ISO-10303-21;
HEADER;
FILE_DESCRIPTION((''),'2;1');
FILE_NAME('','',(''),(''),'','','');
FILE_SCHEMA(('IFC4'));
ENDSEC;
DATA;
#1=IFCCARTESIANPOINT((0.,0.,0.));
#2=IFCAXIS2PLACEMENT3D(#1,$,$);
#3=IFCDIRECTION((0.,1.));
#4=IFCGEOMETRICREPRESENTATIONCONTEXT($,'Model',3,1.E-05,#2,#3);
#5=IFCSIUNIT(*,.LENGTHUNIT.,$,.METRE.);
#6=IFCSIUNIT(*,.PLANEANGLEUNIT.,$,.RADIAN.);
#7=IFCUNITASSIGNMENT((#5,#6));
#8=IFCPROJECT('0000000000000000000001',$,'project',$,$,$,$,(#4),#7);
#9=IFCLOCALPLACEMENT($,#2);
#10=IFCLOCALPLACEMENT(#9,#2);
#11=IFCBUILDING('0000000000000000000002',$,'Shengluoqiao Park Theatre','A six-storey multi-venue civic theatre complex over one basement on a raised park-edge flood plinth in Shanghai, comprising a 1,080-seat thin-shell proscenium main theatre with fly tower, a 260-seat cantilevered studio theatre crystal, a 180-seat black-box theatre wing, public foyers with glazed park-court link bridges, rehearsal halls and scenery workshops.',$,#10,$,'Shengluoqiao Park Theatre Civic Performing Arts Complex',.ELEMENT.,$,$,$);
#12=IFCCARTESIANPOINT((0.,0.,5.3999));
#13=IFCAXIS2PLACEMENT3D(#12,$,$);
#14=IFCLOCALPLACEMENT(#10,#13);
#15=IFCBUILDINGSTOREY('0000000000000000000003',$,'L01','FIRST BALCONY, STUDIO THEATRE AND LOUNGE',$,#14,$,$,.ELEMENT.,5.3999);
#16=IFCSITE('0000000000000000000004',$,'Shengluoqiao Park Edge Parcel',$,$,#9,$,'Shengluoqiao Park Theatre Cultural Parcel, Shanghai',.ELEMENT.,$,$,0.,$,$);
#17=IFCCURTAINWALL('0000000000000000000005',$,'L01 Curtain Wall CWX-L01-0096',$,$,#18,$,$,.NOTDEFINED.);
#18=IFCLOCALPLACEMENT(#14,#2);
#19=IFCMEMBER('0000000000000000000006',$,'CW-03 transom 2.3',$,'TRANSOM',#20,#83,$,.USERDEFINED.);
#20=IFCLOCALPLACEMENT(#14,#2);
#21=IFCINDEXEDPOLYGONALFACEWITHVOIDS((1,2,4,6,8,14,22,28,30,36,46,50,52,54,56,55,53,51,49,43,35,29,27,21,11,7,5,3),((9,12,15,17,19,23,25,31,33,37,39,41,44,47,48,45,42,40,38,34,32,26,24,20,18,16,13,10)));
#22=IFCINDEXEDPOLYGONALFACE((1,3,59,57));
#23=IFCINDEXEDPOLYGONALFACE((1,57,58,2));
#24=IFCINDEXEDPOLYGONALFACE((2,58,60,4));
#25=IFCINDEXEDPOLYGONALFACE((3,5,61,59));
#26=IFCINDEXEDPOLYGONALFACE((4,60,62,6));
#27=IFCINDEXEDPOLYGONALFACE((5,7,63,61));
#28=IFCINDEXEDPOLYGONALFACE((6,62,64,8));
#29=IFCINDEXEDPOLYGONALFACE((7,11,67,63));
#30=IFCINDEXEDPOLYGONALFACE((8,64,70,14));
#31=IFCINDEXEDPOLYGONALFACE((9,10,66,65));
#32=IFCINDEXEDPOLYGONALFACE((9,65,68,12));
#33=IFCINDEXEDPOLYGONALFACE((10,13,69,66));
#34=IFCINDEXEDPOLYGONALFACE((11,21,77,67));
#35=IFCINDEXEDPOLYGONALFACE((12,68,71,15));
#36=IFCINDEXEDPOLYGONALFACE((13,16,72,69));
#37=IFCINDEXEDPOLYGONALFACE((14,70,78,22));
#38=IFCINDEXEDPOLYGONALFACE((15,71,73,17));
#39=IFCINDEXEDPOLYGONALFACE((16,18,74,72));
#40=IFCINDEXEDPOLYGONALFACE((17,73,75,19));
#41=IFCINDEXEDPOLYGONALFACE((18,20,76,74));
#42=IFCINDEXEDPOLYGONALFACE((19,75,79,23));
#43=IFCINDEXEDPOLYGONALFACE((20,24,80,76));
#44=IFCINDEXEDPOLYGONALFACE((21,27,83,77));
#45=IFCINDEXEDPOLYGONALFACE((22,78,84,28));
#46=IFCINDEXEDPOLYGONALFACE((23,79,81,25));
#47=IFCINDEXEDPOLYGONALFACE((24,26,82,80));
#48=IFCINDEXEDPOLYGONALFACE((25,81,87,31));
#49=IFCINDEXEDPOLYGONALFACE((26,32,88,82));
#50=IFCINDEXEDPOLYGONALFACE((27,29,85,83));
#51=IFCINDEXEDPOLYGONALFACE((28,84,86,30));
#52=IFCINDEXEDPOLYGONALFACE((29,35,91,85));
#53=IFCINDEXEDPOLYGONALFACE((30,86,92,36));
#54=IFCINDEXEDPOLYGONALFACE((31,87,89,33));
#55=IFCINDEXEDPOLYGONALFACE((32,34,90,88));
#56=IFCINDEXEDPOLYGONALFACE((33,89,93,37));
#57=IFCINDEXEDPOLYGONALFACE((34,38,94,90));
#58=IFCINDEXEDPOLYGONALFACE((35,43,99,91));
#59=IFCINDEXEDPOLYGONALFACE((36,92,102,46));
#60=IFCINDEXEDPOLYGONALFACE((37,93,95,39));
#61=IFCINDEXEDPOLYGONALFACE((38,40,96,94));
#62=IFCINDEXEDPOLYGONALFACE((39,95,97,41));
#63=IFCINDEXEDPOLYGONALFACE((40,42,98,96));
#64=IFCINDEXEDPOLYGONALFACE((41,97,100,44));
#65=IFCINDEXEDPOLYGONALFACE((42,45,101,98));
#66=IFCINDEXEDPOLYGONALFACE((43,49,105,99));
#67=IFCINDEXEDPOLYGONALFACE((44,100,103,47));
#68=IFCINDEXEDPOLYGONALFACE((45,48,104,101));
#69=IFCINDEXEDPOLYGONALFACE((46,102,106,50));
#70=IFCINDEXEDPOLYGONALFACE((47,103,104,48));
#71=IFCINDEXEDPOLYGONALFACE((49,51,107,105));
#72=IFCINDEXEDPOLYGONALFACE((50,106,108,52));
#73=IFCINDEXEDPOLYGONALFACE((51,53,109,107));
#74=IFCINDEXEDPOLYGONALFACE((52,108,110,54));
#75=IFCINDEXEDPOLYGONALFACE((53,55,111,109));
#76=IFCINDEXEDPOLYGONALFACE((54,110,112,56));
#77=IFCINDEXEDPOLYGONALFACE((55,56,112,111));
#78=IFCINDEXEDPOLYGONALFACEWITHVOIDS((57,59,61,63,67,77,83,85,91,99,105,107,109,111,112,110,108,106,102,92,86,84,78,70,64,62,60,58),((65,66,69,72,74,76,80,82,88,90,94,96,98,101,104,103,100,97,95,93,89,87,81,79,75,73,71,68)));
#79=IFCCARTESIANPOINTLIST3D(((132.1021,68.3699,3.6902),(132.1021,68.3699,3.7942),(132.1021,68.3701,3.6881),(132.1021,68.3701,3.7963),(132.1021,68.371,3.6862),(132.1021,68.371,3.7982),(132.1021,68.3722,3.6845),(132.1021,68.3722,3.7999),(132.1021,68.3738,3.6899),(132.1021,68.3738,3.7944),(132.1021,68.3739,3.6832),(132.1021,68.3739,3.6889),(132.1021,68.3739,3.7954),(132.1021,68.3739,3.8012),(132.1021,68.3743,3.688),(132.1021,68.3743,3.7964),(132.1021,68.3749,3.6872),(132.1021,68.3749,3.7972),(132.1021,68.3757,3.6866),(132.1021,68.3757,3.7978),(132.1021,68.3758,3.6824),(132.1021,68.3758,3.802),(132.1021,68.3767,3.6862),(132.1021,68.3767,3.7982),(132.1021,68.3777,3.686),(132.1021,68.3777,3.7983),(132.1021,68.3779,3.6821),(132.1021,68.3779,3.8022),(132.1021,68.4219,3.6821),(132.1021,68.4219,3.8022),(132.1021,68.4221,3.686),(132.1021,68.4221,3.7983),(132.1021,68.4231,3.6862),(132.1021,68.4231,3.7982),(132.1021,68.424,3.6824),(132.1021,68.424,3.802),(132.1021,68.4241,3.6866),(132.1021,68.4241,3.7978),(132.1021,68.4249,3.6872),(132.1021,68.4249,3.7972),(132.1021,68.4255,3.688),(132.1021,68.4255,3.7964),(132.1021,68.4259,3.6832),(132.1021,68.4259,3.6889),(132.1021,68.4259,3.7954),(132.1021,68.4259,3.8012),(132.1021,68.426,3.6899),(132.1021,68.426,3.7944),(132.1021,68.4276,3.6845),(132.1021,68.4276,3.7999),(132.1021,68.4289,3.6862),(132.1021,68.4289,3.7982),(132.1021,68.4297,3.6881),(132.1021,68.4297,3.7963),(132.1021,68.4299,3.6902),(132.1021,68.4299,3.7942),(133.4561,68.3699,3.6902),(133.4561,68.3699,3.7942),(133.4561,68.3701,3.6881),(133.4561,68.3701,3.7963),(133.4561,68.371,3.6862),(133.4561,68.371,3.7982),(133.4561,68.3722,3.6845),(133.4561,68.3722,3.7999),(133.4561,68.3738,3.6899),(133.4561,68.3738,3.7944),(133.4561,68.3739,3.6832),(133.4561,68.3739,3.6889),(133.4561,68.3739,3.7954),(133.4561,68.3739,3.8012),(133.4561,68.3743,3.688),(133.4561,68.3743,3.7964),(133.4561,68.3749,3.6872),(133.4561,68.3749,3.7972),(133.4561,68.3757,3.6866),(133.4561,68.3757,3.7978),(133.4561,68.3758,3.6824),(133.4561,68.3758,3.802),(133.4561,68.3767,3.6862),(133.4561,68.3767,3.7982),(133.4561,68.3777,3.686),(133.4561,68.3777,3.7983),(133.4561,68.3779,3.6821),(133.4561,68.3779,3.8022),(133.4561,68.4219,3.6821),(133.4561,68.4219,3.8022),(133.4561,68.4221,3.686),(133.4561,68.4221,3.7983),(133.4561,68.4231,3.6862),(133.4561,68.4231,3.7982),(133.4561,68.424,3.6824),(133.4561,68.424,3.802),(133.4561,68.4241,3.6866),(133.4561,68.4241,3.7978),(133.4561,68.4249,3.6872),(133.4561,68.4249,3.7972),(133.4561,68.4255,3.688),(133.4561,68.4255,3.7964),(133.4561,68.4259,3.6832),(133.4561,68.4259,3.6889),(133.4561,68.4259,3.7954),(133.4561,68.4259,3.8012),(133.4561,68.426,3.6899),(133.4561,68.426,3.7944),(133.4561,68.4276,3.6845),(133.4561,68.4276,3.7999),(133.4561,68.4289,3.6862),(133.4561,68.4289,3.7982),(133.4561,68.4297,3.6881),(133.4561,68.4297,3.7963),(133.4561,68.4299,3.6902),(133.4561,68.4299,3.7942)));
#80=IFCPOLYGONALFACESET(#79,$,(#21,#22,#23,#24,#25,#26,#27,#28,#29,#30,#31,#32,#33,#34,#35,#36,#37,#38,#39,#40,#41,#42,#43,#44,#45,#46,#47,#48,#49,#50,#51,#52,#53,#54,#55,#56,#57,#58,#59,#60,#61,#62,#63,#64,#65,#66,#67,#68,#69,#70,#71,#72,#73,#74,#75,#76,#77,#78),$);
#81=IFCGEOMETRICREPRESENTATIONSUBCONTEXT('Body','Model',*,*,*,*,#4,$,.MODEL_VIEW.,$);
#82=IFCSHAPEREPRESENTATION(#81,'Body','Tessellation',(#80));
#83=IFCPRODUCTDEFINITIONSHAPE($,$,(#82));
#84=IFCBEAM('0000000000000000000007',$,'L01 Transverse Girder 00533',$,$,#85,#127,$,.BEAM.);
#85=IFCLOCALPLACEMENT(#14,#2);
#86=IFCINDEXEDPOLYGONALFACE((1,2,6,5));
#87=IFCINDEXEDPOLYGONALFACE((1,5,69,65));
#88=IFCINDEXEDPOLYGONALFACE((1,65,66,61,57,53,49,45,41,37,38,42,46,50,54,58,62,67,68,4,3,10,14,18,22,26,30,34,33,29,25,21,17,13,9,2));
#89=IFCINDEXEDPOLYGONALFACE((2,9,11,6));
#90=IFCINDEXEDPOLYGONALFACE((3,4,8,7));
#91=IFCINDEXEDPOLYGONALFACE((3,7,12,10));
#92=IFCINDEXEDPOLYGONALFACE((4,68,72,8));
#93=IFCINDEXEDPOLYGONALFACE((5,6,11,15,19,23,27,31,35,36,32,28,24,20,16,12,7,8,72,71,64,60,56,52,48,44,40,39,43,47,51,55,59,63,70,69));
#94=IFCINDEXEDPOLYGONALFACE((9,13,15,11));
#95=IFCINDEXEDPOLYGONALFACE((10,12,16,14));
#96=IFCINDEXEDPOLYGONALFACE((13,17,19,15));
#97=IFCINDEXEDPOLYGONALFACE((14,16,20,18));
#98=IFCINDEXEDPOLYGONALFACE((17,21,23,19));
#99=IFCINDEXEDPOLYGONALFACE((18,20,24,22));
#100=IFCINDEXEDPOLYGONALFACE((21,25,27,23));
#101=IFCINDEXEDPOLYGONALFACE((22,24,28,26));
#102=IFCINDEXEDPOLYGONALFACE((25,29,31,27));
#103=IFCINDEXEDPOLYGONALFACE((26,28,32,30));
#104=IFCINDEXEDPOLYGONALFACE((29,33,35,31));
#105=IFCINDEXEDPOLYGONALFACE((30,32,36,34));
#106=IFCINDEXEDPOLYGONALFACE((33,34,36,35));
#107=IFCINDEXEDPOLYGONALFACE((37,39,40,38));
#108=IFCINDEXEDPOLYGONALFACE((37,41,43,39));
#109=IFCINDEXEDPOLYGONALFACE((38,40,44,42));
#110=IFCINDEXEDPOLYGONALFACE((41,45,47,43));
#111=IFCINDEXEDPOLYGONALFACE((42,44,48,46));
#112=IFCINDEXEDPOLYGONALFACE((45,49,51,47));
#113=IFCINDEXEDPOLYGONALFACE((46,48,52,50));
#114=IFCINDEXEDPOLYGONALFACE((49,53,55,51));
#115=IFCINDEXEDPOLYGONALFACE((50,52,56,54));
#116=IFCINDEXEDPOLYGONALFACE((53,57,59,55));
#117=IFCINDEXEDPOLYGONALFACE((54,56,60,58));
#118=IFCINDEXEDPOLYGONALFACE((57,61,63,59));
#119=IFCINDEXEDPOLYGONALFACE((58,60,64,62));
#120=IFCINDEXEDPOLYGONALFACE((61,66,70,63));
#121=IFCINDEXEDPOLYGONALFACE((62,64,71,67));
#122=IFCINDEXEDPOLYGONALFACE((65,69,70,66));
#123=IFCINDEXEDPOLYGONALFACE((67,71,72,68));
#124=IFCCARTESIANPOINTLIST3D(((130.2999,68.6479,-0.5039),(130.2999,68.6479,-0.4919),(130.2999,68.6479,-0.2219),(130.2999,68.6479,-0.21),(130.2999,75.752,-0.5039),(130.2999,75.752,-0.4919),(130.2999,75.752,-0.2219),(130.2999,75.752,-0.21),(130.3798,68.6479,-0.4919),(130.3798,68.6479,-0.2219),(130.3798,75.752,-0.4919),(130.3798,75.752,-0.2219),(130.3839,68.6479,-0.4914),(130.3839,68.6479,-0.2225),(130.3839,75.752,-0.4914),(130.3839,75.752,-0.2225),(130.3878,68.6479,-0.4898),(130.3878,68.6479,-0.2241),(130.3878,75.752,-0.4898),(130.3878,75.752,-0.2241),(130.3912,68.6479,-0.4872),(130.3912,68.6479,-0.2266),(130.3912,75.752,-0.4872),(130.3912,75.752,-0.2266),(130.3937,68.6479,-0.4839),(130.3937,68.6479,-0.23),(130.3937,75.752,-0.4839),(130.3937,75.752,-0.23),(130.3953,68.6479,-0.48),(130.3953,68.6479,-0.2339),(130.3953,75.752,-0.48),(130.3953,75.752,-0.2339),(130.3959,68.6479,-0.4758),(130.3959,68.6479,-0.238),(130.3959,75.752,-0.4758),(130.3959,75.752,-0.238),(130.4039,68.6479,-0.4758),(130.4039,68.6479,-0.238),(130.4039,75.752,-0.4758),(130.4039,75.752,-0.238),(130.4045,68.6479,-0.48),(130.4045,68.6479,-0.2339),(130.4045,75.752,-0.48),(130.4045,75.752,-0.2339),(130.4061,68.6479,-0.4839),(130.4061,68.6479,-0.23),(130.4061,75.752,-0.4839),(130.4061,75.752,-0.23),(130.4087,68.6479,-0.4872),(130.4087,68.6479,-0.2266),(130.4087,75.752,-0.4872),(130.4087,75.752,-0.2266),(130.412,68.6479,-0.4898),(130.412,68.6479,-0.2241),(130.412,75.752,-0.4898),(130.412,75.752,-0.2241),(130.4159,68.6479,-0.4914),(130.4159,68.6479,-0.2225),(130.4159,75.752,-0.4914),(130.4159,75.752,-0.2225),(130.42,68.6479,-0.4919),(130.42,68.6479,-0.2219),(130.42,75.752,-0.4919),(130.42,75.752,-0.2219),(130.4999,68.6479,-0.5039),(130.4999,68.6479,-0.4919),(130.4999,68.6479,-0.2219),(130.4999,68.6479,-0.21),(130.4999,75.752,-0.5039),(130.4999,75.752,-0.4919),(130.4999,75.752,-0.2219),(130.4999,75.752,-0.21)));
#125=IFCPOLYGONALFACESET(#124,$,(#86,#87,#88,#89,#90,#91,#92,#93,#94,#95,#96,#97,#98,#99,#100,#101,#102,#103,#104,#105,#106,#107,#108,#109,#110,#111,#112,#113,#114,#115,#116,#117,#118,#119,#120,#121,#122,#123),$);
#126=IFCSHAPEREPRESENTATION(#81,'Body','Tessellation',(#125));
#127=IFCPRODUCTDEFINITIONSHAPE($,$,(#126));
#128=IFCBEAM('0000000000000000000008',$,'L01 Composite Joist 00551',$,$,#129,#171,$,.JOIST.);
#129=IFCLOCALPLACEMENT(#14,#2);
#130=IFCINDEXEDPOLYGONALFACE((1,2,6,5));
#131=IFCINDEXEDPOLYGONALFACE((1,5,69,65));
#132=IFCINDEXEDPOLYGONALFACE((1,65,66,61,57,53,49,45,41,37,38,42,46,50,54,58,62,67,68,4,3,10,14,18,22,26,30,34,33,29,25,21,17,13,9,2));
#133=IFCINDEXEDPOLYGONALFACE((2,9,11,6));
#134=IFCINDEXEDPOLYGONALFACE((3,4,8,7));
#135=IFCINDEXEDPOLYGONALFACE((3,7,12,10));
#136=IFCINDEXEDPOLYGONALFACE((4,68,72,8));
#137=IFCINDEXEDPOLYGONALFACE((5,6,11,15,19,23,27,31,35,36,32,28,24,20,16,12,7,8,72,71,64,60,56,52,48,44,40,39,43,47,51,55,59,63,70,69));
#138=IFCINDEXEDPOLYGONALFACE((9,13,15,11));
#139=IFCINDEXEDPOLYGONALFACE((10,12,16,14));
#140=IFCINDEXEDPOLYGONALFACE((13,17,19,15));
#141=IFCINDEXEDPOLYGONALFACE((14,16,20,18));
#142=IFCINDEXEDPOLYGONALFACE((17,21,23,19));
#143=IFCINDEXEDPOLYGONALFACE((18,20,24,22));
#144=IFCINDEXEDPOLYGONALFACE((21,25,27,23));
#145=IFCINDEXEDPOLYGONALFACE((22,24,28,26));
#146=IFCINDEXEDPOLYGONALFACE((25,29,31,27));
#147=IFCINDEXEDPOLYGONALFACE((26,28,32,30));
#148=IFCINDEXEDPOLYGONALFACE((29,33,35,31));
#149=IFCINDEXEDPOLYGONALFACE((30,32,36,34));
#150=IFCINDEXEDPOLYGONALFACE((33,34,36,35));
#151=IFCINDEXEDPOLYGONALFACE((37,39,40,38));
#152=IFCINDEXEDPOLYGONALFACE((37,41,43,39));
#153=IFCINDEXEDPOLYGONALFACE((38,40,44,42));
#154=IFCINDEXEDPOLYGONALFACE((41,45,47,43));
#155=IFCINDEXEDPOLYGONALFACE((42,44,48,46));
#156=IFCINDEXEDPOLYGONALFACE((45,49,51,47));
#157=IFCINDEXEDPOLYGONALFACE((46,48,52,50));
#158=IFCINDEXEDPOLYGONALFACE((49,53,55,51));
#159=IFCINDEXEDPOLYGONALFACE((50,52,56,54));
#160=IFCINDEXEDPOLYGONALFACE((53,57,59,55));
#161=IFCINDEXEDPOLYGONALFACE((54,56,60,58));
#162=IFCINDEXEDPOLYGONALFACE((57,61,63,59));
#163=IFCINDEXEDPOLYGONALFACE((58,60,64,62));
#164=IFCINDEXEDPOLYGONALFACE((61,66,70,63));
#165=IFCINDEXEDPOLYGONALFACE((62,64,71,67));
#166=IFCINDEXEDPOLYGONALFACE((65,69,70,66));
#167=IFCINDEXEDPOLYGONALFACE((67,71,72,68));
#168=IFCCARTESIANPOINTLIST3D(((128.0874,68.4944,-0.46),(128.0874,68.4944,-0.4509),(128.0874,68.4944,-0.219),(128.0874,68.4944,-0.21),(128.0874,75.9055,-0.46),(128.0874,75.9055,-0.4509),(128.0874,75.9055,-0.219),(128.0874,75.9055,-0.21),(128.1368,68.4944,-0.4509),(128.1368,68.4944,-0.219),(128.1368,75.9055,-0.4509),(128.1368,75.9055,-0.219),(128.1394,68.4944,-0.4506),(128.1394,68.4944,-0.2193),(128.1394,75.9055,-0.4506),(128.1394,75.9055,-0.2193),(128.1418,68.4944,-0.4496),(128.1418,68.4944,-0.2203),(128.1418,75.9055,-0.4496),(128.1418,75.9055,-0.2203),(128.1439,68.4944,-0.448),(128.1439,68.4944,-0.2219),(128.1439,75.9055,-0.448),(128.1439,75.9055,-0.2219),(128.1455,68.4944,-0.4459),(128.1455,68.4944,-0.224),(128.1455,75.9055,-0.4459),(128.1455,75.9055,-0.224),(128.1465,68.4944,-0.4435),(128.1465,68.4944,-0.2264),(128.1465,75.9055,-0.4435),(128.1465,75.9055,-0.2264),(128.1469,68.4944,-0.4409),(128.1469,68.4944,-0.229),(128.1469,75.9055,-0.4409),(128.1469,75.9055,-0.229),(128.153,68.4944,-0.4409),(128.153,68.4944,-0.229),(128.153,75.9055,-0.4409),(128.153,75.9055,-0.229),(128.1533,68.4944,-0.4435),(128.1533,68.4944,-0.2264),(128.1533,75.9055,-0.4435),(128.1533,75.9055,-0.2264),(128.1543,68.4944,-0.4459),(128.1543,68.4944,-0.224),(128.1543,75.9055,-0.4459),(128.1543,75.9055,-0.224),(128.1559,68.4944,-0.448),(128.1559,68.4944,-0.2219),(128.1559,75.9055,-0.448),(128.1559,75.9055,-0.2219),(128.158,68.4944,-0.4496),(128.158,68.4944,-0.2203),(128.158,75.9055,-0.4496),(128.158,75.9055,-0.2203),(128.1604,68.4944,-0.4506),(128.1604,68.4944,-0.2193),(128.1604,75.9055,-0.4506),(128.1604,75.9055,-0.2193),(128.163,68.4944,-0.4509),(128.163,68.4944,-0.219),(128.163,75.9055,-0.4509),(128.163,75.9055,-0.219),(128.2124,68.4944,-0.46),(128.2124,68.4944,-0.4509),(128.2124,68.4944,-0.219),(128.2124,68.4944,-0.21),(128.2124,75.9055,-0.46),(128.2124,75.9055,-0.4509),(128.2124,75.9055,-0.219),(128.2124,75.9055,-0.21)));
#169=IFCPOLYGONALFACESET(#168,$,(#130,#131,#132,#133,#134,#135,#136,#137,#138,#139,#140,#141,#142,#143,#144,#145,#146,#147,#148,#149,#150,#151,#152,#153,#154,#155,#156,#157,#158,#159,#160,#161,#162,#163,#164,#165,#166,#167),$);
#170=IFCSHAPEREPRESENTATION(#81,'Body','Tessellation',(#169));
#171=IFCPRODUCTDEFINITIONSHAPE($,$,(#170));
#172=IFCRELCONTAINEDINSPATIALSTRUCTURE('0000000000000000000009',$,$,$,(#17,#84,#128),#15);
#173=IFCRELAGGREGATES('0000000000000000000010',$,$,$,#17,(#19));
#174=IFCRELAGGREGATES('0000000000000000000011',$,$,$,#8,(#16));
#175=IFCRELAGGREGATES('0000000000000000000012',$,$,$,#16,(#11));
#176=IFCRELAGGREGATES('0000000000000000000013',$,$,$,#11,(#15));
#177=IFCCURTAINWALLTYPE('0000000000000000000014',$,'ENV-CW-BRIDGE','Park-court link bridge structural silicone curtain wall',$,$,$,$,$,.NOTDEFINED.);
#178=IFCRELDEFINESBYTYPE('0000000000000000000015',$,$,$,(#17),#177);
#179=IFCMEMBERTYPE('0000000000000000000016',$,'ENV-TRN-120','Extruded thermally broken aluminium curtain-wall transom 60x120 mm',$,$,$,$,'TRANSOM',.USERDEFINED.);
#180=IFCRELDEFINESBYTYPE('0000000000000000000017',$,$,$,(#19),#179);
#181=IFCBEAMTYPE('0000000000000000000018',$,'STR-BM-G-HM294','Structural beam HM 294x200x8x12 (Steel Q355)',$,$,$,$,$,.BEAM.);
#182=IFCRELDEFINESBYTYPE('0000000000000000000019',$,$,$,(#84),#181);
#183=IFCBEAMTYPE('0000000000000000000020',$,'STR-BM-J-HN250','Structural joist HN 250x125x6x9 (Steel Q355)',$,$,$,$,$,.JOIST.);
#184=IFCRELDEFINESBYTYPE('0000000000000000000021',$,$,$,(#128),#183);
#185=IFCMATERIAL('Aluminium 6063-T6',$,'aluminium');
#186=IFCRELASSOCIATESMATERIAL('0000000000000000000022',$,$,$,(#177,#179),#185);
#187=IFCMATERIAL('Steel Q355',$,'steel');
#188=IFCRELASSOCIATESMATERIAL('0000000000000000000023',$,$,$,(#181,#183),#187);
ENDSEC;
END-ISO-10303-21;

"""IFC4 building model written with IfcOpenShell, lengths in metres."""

from ifc_helpers import new_model, si_unit, direction, frame, origin, origin_2d, place, context, subcontext, project, spatial, hollow_rectangle, i_section, extrude, material, material_profile, profile_set, type_object, element, aggregate, save


model = new_model("IFC4")

# Units and contexts
model_context = context("Model", 3, precision=1e-05, world=origin(), true_north=direction((0.0, 1.0)))
body_context = subcontext(model_context, "Body", "Model", "MODEL_VIEW")
ifc_project = project(units=[si_unit("LENGTHUNIT", "METRE"), si_unit("PLANEANGLEUNIT", "RADIAN")], contexts=[model_context])

# Site, building, storey
site_placement = place(None, origin())
site = spatial("IfcSite", under=ifc_project, at=site_placement, Name="Shengluoqiao Park Edge Parcel", LongName="Shengluoqiao Park Theatre Cultural Parcel, Shanghai", CompositionType="ELEMENT", RefElevation=0.0)
building_placement = place(site_placement, origin())
building = spatial("IfcBuilding", under=site, at=building_placement, Name="Shengluoqiao Park Theatre", Description="A six-storey multi-venue civic theatre complex over one basement on a raised park-edge flood plinth in Shanghai, comprising a 1,080-seat thin-shell proscenium main theatre with fly tower, a 260-seat cantilevered studio theatre crystal, a 180-seat black-box theatre wing, public foyers with glazed park-court link bridges, rehearsal halls and scenery workshops.", LongName="Shengluoqiao Park Theatre Civic Performing Arts Complex", CompositionType="ELEMENT")
storey_placement = place(building_placement, frame((0.0, 0.0, 5.3999)))
storey = spatial("IfcBuildingStorey", under=building, at=storey_placement, Name="L01", Description="FIRST BALCONY, STUDIO THEATRE AND LOUNGE", CompositionType="ELEMENT", Elevation=5.3999)

# Curtain wall
ifc_material_1 = material(Name="Aluminium 6063-T6", Category="aluminium")
curtain_wall_type = type_object("IfcCurtainWallType", Name="ENV-CW-BRIDGE", Description="Park-court link bridge structural silicone curtain wall", PredefinedType="NOTDEFINED", material=ifc_material_1)
curtain_wall_1_placement = place(storey_placement, origin())
curtain_wall_1 = element("IfcCurtainWall", 1, at=curtain_wall_1_placement, inside=storey, type_object=curtain_wall_type, Name="L01 Curtain Wall CWX-L01-0096", PredefinedType="NOTDEFINED")

# Member
ifc_material_profile_1 = material_profile(ifc_material_1, hollow_rectangle(XDim=0.0601, YDim=0.1201, WallThickness=0.0039, InnerFilletRadius=0.0039, OuterFilletRadius=0.0081, at=origin_2d()), Name="ALU TRANSOM 120x60x4")
ifc_profile_set_1 = profile_set([ifc_material_profile_1], Name="Aluminium 6063-T6")
member_type_1 = type_object("IfcMemberType", Name="ENV-TRN-120", Description="Extruded thermally broken aluminium curtain-wall transom 60x120 mm", ElementType="TRANSOM", PredefinedType="USERDEFINED", material=ifc_profile_set_1)
member_1_placement = place(storey_placement, frame((132.1021, 68.3999, 3.7422), z_axis=(1.0, 0.0, 0.0), x_axis=(0.0, 1.0, 0.0)))
member_1 = element("IfcMember", 2, at=member_1_placement, type_object=member_type_1, Name="CW-03 transom 2.3", ObjectType="TRANSOM", PredefinedType="USERDEFINED", context=body_context, shape_type="SweptSolid", body=[
    extrude(hollow_rectangle(XDim=0.0601, YDim=0.1201, WallThickness=0.0039, InnerFilletRadius=0.0039, OuterFilletRadius=0.0081, at=origin_2d()), origin(), (0.0, 0.0, 1.0), 1.354),
])

# Beams
ifc_material_2 = material(Name="Steel Q355", Category="steel")
ifc_material_profile_2 = material_profile(ifc_material_2, i_section(OverallWidth=0.2, OverallDepth=0.2939, WebThickness=0.0081, FlangeThickness=0.012, FilletRadius=0.0161, at=origin_2d()), Name="HM 294x200x8x12")
ifc_profile_set_2 = profile_set([ifc_material_profile_2], Name="Steel Q355")
beam_type_1 = type_object("IfcBeamType", Name="STR-BM-G-HM294", Description="Structural beam HM 294x200x8x12 (Steel Q355)", PredefinedType="BEAM", material=ifc_profile_set_2)
beam_1_placement = place(storey_placement, frame((130.3999, 68.6479, -0.3569), z_axis=(0.0, 1.0, 0.0), x_axis=(-1.0, 0.0, 0.0)))
element("IfcBeam", 3, at=beam_1_placement, inside=storey, type_object=beam_type_1, Name="L01 Transverse Girder 00533", PredefinedType="BEAM", context=body_context, shape_type="SweptSolid", body=[
    extrude(i_section(OverallWidth=0.2, OverallDepth=0.2939, WebThickness=0.0081, FlangeThickness=0.012, FilletRadius=0.0161, at=origin_2d()), origin(), (0.0, 0.0, 1.0), 7.104),
])
ifc_material_profile_3 = material_profile(ifc_material_2, i_section(OverallWidth=0.125, OverallDepth=0.25, WebThickness=0.0061, FlangeThickness=0.009, FilletRadius=0.01, at=origin_2d()), Name="HN 250x125x6x9")
ifc_profile_set_3 = profile_set([ifc_material_profile_3], Name="Steel Q355")
beam_type_2 = type_object("IfcBeamType", Name="STR-BM-J-HN250", Description="Structural joist HN 250x125x6x9 (Steel Q355)", PredefinedType="JOIST", material=ifc_profile_set_3)
beam_2_placement = place(storey_placement, frame((128.1499, 68.4944, -0.335), z_axis=(0.0, 1.0, 0.0), x_axis=(-1.0, 0.0, 0.0)))
element("IfcBeam", 4, at=beam_2_placement, inside=storey, type_object=beam_type_2, Name="L01 Composite Joist 00551", PredefinedType="JOIST", context=body_context, shape_type="SweptSolid", body=[
    extrude(i_section(OverallWidth=0.125, OverallDepth=0.25, WebThickness=0.0061, FlangeThickness=0.009, FilletRadius=0.01, at=origin_2d()), origin(), (0.0, 0.0, 1.0), 7.4111),
])

aggregate(curtain_wall_1, [member_1])

save(model, "model.ifc")
